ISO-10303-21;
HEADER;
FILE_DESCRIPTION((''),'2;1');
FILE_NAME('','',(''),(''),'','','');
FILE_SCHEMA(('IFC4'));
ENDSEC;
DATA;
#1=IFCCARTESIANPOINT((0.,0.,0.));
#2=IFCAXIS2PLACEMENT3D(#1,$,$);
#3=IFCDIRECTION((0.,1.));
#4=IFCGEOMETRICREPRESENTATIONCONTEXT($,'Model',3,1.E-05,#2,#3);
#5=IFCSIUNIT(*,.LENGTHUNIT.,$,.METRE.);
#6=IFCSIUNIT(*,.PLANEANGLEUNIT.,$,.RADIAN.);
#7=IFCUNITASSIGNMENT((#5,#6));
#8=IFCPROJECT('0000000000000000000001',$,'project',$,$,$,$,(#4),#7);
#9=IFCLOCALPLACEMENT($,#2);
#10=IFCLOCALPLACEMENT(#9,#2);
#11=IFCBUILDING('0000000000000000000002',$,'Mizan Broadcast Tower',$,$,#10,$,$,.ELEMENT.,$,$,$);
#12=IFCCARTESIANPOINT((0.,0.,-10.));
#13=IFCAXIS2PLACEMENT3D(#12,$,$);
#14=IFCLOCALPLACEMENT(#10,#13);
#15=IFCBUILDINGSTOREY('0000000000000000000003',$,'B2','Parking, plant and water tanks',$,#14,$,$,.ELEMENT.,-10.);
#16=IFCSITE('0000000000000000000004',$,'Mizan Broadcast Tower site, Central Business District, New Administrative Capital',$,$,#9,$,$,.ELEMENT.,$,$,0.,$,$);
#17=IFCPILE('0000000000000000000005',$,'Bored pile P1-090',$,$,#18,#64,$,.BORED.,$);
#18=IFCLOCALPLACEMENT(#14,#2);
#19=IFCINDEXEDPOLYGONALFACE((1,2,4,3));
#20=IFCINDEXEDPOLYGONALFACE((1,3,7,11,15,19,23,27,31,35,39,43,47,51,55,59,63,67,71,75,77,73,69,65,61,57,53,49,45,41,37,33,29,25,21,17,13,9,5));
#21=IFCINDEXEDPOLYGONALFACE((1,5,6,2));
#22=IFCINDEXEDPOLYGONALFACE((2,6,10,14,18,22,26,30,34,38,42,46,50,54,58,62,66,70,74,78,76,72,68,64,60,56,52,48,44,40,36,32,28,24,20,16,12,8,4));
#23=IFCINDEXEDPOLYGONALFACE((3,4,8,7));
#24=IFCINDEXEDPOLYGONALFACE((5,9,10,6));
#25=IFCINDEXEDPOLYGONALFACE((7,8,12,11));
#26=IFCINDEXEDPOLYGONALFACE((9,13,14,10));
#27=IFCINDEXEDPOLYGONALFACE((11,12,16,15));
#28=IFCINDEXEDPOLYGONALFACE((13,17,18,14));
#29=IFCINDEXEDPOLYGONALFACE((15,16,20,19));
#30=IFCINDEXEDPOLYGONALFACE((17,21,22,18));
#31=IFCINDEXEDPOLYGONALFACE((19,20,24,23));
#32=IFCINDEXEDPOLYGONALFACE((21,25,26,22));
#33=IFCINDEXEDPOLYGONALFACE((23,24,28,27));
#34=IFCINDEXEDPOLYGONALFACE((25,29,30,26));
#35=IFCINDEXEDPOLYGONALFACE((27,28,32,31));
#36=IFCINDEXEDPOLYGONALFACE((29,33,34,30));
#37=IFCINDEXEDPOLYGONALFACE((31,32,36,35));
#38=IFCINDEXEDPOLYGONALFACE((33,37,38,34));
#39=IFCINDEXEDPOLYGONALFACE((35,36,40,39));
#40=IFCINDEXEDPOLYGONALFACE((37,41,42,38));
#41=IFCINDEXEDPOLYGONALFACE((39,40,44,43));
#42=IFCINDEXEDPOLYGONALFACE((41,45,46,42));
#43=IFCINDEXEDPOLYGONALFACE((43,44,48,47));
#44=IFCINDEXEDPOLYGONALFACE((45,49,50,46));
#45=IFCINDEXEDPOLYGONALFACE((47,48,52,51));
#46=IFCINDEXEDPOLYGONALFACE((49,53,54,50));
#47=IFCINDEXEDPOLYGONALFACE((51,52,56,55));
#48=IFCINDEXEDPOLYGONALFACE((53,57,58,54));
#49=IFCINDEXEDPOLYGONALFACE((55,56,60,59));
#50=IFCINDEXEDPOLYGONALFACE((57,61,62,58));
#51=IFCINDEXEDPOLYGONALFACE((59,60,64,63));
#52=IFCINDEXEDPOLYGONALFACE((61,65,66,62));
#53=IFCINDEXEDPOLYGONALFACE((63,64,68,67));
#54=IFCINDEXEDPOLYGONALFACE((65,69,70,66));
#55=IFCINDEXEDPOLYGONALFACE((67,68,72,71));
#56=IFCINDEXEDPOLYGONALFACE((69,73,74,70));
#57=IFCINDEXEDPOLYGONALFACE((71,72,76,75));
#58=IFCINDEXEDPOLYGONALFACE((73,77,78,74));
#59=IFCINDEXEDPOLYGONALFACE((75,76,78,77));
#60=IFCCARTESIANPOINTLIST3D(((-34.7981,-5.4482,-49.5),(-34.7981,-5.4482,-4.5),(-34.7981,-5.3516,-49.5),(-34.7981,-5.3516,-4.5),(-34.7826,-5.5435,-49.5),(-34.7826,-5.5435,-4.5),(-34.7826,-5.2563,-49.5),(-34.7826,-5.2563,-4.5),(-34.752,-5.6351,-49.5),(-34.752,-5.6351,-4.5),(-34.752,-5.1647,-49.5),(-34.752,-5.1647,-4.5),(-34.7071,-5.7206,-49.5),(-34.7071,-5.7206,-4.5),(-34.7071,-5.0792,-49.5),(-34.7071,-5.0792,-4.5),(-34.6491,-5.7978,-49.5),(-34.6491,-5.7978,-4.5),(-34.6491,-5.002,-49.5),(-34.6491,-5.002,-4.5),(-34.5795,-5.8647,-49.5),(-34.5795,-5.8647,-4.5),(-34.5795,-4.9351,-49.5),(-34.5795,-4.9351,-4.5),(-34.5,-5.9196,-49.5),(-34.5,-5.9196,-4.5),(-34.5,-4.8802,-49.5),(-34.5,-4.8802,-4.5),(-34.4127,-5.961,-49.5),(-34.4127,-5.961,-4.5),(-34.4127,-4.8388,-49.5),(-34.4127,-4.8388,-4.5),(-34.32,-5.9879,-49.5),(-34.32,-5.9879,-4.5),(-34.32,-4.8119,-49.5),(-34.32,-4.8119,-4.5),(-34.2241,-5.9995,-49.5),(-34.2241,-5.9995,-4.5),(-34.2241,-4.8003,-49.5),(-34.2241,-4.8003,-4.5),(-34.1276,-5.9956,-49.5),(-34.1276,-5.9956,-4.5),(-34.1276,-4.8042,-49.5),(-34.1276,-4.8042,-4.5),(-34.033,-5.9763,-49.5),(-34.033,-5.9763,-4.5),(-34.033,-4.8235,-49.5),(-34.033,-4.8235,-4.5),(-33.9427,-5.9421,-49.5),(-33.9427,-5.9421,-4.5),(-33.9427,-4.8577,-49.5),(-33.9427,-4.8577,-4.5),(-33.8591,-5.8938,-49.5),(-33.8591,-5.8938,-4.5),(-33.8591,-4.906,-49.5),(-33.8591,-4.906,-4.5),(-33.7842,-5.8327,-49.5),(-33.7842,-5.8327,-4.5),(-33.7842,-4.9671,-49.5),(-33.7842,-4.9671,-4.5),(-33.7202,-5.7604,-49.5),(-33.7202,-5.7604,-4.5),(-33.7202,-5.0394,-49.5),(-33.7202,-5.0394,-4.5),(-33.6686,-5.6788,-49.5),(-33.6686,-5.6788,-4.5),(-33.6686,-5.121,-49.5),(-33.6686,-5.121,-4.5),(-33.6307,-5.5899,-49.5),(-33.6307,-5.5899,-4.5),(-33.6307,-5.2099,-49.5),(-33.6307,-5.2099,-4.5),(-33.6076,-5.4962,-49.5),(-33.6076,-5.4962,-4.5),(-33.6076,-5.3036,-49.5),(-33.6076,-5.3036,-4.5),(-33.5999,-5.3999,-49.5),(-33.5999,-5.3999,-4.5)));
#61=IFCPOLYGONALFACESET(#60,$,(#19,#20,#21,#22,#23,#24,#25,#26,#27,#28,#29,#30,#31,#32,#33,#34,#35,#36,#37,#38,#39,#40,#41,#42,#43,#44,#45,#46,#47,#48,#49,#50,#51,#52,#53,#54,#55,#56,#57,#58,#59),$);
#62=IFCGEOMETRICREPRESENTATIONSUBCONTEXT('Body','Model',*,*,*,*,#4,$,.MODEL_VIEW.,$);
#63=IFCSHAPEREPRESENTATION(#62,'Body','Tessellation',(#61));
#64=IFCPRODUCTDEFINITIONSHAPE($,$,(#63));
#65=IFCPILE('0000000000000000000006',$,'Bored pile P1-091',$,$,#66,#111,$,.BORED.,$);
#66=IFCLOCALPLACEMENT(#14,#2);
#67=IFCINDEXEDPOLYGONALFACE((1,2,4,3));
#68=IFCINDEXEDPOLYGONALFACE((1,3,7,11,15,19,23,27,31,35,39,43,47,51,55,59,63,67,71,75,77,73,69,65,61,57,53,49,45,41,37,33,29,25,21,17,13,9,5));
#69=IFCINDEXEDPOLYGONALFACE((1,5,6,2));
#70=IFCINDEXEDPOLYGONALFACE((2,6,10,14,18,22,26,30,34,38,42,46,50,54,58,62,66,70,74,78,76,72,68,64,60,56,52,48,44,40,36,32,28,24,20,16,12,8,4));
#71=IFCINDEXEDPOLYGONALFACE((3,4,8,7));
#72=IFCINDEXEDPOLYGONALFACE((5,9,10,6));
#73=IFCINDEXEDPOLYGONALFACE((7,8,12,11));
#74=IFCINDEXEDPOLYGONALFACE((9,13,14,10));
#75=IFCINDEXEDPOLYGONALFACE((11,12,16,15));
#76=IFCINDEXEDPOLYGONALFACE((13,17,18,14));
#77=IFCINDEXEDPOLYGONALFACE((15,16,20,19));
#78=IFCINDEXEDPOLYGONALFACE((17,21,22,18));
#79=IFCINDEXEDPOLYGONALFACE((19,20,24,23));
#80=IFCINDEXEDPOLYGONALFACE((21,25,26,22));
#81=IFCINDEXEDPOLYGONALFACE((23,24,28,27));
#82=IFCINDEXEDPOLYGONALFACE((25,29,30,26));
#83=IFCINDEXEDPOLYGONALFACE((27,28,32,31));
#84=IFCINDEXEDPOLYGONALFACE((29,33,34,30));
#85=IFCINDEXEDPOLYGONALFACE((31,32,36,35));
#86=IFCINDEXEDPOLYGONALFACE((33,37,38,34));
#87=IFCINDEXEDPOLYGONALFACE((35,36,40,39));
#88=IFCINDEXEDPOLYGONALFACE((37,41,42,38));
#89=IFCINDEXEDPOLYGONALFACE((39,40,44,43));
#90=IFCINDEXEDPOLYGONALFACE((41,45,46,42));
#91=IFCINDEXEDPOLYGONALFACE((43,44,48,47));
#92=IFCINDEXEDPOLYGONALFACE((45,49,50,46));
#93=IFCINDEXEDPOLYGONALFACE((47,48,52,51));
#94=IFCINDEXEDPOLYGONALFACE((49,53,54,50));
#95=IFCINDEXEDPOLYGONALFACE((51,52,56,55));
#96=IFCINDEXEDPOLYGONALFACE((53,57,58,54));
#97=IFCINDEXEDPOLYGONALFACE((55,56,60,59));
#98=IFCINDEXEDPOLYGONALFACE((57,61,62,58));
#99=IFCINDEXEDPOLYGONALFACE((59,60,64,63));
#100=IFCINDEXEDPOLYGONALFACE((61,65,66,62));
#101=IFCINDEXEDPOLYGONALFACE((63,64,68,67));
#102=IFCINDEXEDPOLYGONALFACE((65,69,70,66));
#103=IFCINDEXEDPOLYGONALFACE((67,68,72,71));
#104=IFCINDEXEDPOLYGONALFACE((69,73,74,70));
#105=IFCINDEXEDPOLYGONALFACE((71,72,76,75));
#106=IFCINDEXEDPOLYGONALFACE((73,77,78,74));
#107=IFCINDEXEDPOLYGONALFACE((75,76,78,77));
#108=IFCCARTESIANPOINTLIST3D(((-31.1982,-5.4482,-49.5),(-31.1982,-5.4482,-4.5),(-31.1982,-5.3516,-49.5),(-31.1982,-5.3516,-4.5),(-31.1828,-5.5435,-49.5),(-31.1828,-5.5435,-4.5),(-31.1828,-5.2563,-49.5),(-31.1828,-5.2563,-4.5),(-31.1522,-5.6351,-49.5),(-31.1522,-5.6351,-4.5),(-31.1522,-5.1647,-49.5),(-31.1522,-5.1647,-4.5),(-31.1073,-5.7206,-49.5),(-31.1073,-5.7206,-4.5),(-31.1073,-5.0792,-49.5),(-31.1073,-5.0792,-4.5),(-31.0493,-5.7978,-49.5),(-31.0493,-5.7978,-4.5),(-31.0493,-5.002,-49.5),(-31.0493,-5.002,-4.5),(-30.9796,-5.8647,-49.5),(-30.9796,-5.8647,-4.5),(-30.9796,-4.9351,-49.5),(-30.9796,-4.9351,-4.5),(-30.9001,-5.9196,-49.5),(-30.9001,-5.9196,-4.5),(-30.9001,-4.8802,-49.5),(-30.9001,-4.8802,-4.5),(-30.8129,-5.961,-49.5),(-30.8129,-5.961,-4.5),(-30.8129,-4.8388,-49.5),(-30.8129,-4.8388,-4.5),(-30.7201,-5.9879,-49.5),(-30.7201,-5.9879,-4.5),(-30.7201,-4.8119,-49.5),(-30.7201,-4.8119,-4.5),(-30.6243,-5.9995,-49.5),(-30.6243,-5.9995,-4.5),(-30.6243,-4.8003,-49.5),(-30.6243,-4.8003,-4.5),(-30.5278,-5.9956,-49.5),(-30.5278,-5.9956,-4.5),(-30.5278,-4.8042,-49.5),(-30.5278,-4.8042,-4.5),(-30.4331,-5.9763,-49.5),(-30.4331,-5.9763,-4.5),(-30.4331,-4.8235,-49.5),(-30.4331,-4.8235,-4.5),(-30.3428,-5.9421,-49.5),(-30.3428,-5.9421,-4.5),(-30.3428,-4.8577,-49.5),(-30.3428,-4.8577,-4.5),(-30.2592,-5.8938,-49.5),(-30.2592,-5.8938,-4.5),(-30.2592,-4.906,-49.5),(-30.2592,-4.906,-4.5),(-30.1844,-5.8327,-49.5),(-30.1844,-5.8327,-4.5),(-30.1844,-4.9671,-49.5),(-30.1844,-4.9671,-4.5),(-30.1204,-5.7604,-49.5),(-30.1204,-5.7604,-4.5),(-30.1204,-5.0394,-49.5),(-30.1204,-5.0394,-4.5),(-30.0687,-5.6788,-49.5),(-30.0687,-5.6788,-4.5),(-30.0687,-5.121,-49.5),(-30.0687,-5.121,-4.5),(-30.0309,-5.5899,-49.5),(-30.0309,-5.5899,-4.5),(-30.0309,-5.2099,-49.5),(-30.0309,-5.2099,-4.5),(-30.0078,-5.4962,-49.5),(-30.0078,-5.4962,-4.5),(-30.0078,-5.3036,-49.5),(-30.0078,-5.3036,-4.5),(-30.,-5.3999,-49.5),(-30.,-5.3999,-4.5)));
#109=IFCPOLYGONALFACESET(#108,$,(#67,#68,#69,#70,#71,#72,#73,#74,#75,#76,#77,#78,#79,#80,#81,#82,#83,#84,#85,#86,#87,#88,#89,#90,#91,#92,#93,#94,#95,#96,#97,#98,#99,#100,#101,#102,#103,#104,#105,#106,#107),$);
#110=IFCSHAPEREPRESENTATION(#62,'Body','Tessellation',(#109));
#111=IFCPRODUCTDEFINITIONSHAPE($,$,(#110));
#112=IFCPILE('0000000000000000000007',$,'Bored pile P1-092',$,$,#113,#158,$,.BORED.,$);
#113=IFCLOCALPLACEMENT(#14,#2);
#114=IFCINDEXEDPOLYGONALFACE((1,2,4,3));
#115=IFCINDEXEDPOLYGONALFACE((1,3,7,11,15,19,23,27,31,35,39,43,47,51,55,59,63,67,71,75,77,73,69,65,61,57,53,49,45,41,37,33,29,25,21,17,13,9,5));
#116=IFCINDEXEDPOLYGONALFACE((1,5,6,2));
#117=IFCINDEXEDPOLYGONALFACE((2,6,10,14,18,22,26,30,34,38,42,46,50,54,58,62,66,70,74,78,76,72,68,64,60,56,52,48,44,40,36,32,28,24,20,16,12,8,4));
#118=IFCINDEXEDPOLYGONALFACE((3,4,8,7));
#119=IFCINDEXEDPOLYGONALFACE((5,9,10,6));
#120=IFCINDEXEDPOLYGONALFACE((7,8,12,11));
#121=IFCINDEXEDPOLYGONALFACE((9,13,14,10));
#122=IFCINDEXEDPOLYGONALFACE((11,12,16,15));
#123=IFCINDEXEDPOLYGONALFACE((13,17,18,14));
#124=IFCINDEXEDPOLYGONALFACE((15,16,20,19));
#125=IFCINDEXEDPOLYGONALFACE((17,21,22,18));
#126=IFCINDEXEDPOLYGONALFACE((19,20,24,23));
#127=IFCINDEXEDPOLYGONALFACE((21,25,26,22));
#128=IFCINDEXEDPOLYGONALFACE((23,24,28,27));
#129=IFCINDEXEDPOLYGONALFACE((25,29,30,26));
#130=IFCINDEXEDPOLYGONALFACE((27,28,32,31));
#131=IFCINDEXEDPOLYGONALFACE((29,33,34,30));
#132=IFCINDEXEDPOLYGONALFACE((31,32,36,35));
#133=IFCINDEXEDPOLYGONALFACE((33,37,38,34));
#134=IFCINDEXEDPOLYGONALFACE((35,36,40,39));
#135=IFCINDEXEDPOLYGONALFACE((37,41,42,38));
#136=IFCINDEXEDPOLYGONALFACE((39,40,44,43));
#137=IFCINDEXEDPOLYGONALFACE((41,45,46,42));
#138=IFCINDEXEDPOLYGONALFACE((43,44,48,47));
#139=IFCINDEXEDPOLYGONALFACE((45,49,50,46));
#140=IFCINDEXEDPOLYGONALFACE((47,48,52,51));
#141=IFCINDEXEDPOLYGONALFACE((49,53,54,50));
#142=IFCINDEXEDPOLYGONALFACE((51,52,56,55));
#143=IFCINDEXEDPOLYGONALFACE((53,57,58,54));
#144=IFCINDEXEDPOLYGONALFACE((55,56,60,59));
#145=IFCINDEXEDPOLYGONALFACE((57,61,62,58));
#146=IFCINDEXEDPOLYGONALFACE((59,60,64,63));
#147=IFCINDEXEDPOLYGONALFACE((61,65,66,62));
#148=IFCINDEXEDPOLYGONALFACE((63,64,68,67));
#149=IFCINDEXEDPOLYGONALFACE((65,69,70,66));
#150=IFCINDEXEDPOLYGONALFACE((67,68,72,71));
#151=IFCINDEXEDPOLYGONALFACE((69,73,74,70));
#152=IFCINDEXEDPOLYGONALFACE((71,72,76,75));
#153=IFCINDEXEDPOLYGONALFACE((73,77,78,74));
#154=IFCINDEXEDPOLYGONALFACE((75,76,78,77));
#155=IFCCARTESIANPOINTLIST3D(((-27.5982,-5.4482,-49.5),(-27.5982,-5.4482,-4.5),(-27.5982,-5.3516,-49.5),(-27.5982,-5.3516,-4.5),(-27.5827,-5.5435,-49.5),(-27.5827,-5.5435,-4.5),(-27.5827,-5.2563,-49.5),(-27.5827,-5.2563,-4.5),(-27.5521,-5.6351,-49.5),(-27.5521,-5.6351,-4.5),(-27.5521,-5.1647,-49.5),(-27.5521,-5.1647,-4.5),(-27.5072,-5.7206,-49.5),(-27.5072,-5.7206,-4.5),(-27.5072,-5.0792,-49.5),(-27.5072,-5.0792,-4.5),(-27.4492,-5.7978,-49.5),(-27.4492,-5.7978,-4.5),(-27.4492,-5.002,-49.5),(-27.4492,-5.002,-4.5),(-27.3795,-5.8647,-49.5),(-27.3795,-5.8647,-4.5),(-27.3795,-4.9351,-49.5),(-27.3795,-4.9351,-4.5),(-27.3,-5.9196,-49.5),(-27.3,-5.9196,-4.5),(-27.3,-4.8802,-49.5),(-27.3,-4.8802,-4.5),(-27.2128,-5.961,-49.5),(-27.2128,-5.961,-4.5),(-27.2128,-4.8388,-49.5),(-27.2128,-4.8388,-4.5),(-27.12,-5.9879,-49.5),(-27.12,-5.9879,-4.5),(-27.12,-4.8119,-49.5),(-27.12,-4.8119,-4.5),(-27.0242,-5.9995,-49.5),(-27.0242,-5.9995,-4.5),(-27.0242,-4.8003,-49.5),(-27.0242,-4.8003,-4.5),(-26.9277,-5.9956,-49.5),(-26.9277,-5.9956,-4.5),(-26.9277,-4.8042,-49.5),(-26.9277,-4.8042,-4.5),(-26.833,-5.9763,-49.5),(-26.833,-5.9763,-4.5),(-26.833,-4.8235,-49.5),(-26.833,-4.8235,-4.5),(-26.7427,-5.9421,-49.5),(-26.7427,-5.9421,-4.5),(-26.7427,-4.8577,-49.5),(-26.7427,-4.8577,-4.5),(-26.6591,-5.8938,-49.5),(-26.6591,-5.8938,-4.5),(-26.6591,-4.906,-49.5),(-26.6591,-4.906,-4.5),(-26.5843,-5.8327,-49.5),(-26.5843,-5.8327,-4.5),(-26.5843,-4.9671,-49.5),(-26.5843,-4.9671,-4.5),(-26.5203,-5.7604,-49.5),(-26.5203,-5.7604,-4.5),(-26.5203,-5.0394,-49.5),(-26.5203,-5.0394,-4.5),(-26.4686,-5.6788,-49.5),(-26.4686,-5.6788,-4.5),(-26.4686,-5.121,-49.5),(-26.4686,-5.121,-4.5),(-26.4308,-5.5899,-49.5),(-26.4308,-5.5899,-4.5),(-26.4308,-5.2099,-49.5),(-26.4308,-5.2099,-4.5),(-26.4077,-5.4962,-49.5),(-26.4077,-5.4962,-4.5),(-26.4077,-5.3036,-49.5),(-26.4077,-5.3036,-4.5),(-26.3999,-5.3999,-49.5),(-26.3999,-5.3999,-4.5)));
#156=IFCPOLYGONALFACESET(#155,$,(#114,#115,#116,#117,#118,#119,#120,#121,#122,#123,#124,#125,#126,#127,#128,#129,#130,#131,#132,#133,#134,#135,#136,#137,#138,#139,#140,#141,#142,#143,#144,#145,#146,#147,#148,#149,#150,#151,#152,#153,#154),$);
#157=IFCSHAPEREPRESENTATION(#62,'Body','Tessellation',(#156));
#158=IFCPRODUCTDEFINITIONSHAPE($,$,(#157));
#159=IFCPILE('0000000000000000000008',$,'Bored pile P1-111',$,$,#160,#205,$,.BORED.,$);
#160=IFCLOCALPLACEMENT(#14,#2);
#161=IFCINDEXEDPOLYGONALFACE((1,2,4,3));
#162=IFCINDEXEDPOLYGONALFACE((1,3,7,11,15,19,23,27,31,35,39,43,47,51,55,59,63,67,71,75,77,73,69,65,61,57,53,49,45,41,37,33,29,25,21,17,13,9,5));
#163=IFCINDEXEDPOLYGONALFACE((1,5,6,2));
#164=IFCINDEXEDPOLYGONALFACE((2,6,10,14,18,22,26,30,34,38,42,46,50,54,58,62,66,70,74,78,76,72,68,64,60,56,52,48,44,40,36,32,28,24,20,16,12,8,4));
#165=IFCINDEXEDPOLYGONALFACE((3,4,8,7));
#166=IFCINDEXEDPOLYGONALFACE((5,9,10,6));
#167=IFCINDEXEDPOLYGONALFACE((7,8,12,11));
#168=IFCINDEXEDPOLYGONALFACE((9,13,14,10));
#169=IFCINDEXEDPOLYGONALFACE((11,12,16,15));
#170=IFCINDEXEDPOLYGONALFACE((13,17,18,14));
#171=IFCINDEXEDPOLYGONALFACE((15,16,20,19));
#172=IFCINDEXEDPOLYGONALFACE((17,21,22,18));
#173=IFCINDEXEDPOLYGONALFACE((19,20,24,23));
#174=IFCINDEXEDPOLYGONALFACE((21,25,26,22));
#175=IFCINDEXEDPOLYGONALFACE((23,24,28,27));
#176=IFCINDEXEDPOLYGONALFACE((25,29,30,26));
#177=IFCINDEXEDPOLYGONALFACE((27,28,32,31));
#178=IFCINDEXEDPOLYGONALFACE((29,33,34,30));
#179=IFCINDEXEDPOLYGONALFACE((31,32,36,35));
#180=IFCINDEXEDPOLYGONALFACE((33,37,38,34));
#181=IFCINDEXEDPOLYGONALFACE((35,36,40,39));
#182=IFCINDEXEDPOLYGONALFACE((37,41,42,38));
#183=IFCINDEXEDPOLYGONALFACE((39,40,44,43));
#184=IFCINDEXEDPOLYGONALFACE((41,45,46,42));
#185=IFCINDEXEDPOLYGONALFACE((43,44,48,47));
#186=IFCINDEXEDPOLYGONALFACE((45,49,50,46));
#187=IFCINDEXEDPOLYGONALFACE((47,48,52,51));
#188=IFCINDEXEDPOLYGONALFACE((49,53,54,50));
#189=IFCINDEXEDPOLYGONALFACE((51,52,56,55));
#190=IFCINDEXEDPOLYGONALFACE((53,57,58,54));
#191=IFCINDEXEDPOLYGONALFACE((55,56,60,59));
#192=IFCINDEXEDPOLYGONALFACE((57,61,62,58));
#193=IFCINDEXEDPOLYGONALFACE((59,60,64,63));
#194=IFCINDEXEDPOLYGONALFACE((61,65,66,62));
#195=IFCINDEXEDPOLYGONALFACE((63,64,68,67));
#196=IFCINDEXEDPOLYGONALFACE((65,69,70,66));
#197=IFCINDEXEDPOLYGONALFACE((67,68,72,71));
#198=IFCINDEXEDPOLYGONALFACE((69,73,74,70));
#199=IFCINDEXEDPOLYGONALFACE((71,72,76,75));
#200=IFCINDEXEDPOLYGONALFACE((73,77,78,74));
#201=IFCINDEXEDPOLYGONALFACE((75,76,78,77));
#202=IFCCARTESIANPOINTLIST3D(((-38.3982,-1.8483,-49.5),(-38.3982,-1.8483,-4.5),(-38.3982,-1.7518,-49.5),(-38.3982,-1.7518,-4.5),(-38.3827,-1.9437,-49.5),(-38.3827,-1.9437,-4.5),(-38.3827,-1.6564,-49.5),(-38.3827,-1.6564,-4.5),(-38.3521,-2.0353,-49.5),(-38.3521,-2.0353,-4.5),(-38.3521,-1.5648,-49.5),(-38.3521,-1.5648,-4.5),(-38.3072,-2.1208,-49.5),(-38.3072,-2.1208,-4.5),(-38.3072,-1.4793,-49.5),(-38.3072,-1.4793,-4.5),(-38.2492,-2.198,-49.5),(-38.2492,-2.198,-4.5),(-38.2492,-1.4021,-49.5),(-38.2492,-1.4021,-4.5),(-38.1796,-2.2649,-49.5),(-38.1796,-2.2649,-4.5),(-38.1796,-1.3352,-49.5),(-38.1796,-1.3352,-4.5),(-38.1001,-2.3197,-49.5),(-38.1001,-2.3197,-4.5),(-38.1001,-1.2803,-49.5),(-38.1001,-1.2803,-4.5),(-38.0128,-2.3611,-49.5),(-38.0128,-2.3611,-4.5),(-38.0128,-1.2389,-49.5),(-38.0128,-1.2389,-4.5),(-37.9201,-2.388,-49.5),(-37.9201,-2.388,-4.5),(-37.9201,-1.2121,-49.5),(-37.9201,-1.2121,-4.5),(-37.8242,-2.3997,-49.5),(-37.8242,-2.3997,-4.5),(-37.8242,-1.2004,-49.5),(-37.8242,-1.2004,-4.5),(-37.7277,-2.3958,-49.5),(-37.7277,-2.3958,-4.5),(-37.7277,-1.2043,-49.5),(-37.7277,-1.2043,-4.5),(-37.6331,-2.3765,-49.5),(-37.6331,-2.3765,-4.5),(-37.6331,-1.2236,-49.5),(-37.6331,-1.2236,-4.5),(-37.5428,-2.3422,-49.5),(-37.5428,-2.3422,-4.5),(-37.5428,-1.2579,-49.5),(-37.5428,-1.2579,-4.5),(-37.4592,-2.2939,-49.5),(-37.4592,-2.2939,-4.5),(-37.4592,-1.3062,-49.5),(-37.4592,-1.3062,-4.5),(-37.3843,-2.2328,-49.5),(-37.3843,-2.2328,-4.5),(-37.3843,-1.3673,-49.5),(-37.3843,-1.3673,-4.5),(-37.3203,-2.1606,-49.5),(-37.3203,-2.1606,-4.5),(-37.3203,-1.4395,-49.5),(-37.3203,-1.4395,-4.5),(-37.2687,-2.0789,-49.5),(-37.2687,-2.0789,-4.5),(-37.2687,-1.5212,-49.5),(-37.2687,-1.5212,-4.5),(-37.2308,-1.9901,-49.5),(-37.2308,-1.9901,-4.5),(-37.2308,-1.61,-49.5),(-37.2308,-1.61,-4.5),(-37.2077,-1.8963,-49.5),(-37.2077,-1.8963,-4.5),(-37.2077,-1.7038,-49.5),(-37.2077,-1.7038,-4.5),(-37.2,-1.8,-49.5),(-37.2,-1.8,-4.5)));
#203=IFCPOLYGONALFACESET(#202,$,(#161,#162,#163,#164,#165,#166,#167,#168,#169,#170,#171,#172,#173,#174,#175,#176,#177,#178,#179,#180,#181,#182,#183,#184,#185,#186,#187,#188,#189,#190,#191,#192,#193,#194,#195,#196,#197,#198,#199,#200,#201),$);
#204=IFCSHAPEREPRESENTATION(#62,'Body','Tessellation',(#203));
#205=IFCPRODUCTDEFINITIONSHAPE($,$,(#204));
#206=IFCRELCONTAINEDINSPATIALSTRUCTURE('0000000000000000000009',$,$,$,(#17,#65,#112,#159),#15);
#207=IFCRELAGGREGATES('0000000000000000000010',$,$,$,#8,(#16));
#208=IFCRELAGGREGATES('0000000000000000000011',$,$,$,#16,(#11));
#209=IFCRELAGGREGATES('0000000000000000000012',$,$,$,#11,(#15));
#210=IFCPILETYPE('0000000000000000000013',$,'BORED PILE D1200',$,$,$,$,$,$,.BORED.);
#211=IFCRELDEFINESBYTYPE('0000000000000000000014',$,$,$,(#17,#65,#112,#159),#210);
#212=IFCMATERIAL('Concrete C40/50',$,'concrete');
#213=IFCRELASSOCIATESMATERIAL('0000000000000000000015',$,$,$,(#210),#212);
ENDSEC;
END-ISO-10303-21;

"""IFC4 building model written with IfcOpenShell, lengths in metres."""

from ifc_helpers import new_model, si_unit, direction, frame, origin, origin_2d, place, context, subcontext, project, spatial, circle, extrude, material, material_profile, profile_set, type_object, element, save


model = new_model("IFC4")

# Units and contexts
model_context = context("Model", 3, precision=1e-05, world=origin(), true_north=direction((0.0, 1.0)))
body_context = subcontext(model_context, "Body", "Model", "MODEL_VIEW")
ifc_project = project(units=[si_unit("LENGTHUNIT", "METRE"), si_unit("PLANEANGLEUNIT", "RADIAN")], contexts=[model_context])

# Site, building, storey
site_placement = place(None, origin())
site = spatial("IfcSite", under=ifc_project, at=site_placement, Name="Mizan Broadcast Tower site, Central Business District, New Administrative Capital", CompositionType="ELEMENT", RefElevation=0.0)
building_placement = place(site_placement, origin())
building = spatial("IfcBuilding", under=site, at=building_placement, Name="Mizan Broadcast Tower", CompositionType="ELEMENT")
storey_placement = place(building_placement, frame((0.0, 0.0, -10.0)))
storey = spatial("IfcBuildingStorey", under=building, at=storey_placement, Name="B2", Description="Parking, plant and water tanks", CompositionType="ELEMENT", Elevation=-10.0)

# Piles
ifc_material_1 = material(Name="Concrete C40/50", Category="concrete")
ifc_material_profile_1 = material_profile(ifc_material_1, circle(Radius=0.6001, at=origin_2d()), Name="D1200")
ifc_profile_set_1 = profile_set([ifc_material_profile_1], Name="Concrete C40/50")
pile_type_1 = type_object("IfcPileType", Name="BORED PILE D1200", PredefinedType="BORED", material=ifc_profile_set_1)
for number, where, z_axis, x_axis, name in (
    (1, (-34.2, -5.3999, -4.5), (0.0, 0.0, -1.0), (1.0, 0.0, 0.0), "Bored pile P1-090"),
    (2, (-30.6001, -5.3999, -4.5), (0.0, 0.0, -1.0), (1.0, 0.0, 0.0), "Bored pile P1-091"),
    (3, (-27.0, -5.3999, -4.5), (0.0, 0.0, -1.0), (1.0, 0.0, 0.0), "Bored pile P1-092"),
    (4, (-37.8, -1.8, -4.5), (0.0, 0.0, -1.0), (1.0, 0.0, 0.0), "Bored pile P1-111"),
):
    element("IfcPile", number, at=place(storey_placement, frame(where, z_axis=z_axis, x_axis=x_axis)), inside=storey, type_object=pile_type_1, Name=name, PredefinedType="BORED", context=body_context, shape_type="SweptSolid", body=[
        extrude(circle(Radius=0.6001, at=origin_2d()), origin(), (0.0, 0.0, 1.0), 45.0),
    ])

save(model, "model.ifc")
